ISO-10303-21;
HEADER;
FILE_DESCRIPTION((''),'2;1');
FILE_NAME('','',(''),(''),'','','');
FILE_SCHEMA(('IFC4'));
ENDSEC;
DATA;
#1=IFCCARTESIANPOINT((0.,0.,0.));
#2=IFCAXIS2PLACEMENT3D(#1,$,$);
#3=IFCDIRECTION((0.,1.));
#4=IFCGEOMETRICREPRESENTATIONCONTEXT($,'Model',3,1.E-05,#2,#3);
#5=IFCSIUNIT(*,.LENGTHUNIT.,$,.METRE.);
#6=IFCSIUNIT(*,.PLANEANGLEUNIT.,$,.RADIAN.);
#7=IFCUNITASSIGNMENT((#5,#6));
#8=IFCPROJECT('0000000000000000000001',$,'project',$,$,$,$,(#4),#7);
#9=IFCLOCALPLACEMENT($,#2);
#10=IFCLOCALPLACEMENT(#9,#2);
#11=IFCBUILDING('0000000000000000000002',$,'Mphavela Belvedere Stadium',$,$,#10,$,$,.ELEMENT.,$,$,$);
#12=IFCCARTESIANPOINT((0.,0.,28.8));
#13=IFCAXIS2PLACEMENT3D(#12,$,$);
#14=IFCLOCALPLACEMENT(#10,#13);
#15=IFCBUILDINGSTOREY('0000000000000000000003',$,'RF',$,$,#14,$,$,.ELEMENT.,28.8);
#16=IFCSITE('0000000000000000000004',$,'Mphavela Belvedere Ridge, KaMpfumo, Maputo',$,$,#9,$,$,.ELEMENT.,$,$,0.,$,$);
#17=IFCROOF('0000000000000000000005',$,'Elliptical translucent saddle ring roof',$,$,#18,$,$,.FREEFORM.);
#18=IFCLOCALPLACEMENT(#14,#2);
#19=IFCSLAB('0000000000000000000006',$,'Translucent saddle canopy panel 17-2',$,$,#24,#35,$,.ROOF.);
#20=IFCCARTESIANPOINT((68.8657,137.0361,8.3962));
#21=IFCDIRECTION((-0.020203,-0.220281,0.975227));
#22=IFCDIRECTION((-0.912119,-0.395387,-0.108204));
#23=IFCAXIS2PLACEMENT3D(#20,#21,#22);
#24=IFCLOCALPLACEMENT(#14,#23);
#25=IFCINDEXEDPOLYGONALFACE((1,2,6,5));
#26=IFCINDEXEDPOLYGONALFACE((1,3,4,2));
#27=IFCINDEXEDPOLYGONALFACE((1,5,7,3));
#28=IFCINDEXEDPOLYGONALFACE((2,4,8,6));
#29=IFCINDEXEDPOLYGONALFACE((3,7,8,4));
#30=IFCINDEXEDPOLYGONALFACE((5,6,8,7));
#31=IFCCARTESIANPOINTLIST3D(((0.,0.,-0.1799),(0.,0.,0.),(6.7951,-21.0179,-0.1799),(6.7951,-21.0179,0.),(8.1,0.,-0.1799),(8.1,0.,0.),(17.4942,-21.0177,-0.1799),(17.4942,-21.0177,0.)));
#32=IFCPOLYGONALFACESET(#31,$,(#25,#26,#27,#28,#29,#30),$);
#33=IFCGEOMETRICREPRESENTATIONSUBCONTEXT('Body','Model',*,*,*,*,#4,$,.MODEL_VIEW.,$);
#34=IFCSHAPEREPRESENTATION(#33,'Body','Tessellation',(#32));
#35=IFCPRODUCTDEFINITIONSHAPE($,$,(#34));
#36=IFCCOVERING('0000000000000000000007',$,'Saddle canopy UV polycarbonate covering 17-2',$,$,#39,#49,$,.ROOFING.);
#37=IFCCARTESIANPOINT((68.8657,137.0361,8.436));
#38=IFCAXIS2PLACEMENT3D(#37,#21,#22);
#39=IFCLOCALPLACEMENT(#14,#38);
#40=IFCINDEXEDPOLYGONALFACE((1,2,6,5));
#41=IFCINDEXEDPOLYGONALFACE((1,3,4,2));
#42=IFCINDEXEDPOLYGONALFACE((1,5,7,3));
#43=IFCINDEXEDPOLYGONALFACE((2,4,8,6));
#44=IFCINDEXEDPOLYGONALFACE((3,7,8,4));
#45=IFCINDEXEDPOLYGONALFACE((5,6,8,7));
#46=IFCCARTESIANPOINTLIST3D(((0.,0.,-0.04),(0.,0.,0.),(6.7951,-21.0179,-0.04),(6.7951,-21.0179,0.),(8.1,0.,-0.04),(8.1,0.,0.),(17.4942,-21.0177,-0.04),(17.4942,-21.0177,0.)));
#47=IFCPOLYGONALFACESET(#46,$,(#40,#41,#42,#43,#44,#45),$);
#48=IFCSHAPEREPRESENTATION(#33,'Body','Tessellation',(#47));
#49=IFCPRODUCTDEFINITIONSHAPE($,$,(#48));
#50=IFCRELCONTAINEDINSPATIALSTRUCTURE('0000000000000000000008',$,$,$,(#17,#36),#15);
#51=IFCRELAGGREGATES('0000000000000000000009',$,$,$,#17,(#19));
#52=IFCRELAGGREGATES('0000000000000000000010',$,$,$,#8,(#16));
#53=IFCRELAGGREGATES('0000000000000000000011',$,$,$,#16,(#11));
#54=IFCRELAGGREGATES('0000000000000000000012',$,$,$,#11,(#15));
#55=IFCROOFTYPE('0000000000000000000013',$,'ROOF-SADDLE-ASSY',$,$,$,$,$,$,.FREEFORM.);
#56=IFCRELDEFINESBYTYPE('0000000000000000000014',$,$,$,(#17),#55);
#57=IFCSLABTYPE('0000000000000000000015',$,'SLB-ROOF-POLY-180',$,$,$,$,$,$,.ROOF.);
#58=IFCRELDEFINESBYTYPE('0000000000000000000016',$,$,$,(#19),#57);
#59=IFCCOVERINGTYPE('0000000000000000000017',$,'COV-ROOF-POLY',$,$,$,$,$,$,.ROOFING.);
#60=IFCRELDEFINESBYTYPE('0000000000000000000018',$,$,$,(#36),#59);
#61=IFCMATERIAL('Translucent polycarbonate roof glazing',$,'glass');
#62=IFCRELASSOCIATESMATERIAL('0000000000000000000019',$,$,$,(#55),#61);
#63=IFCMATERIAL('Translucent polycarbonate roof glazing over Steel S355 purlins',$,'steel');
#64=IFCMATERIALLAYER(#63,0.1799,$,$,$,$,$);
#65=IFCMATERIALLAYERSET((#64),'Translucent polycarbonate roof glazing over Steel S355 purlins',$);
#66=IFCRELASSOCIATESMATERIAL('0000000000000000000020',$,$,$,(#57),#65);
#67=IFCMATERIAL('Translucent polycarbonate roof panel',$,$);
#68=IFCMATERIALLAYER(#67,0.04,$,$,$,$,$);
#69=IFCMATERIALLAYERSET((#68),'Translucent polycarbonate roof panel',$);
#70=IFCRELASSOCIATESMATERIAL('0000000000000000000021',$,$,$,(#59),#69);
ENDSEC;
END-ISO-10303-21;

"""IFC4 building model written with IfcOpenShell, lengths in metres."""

from ifc_helpers import new_model, si_unit, direction, frame, origin, place, context, subcontext, project, spatial, polyline, outline, extrude, material, layer, layer_set, type_object, element, aggregate, save


model = new_model("IFC4")

# Units and contexts
model_context = context("Model", 3, precision=1e-05, world=origin(), true_north=direction((0.0, 1.0)))
body_context = subcontext(model_context, "Body", "Model", "MODEL_VIEW")
ifc_project = project(units=[si_unit("LENGTHUNIT", "METRE"), si_unit("PLANEANGLEUNIT", "RADIAN")], contexts=[model_context])

# Site, building, storey
site_placement = place(None, origin())
site = spatial("IfcSite", under=ifc_project, at=site_placement, Name="Mphavela Belvedere Ridge, KaMpfumo, Maputo", CompositionType="ELEMENT", RefElevation=0.0)
building_placement = place(site_placement, origin())
building = spatial("IfcBuilding", under=site, at=building_placement, Name="Mphavela Belvedere Stadium", CompositionType="ELEMENT")
storey_placement = place(building_placement, frame((0.0, 0.0, 28.8)))
storey = spatial("IfcBuildingStorey", under=building, at=storey_placement, Name="RF", CompositionType="ELEMENT", Elevation=28.8)

# Roof, slab
ifc_material_1 = material(Name="Translucent polycarbonate roof glazing", Category="glass")
roof_type = type_object("IfcRoofType", Name="ROOF-SADDLE-ASSY", PredefinedType="FREEFORM", material=ifc_material_1)
roof_placement = place(storey_placement, origin())
roof = element("IfcRoof", 1, at=roof_placement, inside=storey, type_object=roof_type, Name="Elliptical translucent saddle ring roof", PredefinedType="FREEFORM")
ifc_material_2 = material(Name="Translucent polycarbonate roof glazing over Steel S355 purlins", Category="steel")
ifc_layer_1 = layer(ifc_material_2, 0.1799)
ifc_layer_set_1 = layer_set([ifc_layer_1], Name="Translucent polycarbonate roof glazing over Steel S355 purlins")
slab_type = type_object("IfcSlabType", Name="SLB-ROOF-POLY-180", PredefinedType="ROOF", material=ifc_layer_set_1)
slab_1_placement = place(storey_placement, frame((68.8657, 137.0361, 8.3962), z_axis=(-0.020203, -0.220281, 0.975227), x_axis=(-0.912119, -0.395387, -0.108204)))
slab_1 = element("IfcSlab", 2, at=slab_1_placement, type_object=slab_type, Name="Translucent saddle canopy panel 17-2", PredefinedType="ROOF", context=body_context, shape_type="SweptSolid", body=[
    extrude(outline(polyline([(0.0, 0.0), (8.1, 0.0), (17.4942, -21.0177), (6.7951, -21.0179), (0.0, 0.0)])), origin(), (0.0, 0.0, -1.0), 0.1799),
])
aggregate(roof, [slab_1])

# Covering
ifc_material_3 = material(Name="Translucent polycarbonate roof panel")
ifc_layer_2 = layer(ifc_material_3, 0.04)
ifc_layer_set_2 = layer_set([ifc_layer_2], Name="Translucent polycarbonate roof panel")
covering_type_1 = type_object("IfcCoveringType", Name="COV-ROOF-POLY", PredefinedType="ROOFING", material=ifc_layer_set_2)
covering_1_placement = place(storey_placement, frame((68.8657, 137.0361, 8.436), z_axis=(-0.020203, -0.220281, 0.975227), x_axis=(-0.912119, -0.395387, -0.108204)))
element("IfcCovering", 3, at=covering_1_placement, inside=storey, type_object=covering_type_1, Name="Saddle canopy UV polycarbonate covering 17-2", PredefinedType="ROOFING", context=body_context, shape_type="SweptSolid", body=[
    extrude(outline(polyline([(0.0, 0.0), (8.1, 0.0), (17.4942, -21.0177), (6.7951, -21.0179), (0.0, 0.0)])), origin(), (0.0, 0.0, -1.0), 0.04),
])

save(model, "model.ifc")
